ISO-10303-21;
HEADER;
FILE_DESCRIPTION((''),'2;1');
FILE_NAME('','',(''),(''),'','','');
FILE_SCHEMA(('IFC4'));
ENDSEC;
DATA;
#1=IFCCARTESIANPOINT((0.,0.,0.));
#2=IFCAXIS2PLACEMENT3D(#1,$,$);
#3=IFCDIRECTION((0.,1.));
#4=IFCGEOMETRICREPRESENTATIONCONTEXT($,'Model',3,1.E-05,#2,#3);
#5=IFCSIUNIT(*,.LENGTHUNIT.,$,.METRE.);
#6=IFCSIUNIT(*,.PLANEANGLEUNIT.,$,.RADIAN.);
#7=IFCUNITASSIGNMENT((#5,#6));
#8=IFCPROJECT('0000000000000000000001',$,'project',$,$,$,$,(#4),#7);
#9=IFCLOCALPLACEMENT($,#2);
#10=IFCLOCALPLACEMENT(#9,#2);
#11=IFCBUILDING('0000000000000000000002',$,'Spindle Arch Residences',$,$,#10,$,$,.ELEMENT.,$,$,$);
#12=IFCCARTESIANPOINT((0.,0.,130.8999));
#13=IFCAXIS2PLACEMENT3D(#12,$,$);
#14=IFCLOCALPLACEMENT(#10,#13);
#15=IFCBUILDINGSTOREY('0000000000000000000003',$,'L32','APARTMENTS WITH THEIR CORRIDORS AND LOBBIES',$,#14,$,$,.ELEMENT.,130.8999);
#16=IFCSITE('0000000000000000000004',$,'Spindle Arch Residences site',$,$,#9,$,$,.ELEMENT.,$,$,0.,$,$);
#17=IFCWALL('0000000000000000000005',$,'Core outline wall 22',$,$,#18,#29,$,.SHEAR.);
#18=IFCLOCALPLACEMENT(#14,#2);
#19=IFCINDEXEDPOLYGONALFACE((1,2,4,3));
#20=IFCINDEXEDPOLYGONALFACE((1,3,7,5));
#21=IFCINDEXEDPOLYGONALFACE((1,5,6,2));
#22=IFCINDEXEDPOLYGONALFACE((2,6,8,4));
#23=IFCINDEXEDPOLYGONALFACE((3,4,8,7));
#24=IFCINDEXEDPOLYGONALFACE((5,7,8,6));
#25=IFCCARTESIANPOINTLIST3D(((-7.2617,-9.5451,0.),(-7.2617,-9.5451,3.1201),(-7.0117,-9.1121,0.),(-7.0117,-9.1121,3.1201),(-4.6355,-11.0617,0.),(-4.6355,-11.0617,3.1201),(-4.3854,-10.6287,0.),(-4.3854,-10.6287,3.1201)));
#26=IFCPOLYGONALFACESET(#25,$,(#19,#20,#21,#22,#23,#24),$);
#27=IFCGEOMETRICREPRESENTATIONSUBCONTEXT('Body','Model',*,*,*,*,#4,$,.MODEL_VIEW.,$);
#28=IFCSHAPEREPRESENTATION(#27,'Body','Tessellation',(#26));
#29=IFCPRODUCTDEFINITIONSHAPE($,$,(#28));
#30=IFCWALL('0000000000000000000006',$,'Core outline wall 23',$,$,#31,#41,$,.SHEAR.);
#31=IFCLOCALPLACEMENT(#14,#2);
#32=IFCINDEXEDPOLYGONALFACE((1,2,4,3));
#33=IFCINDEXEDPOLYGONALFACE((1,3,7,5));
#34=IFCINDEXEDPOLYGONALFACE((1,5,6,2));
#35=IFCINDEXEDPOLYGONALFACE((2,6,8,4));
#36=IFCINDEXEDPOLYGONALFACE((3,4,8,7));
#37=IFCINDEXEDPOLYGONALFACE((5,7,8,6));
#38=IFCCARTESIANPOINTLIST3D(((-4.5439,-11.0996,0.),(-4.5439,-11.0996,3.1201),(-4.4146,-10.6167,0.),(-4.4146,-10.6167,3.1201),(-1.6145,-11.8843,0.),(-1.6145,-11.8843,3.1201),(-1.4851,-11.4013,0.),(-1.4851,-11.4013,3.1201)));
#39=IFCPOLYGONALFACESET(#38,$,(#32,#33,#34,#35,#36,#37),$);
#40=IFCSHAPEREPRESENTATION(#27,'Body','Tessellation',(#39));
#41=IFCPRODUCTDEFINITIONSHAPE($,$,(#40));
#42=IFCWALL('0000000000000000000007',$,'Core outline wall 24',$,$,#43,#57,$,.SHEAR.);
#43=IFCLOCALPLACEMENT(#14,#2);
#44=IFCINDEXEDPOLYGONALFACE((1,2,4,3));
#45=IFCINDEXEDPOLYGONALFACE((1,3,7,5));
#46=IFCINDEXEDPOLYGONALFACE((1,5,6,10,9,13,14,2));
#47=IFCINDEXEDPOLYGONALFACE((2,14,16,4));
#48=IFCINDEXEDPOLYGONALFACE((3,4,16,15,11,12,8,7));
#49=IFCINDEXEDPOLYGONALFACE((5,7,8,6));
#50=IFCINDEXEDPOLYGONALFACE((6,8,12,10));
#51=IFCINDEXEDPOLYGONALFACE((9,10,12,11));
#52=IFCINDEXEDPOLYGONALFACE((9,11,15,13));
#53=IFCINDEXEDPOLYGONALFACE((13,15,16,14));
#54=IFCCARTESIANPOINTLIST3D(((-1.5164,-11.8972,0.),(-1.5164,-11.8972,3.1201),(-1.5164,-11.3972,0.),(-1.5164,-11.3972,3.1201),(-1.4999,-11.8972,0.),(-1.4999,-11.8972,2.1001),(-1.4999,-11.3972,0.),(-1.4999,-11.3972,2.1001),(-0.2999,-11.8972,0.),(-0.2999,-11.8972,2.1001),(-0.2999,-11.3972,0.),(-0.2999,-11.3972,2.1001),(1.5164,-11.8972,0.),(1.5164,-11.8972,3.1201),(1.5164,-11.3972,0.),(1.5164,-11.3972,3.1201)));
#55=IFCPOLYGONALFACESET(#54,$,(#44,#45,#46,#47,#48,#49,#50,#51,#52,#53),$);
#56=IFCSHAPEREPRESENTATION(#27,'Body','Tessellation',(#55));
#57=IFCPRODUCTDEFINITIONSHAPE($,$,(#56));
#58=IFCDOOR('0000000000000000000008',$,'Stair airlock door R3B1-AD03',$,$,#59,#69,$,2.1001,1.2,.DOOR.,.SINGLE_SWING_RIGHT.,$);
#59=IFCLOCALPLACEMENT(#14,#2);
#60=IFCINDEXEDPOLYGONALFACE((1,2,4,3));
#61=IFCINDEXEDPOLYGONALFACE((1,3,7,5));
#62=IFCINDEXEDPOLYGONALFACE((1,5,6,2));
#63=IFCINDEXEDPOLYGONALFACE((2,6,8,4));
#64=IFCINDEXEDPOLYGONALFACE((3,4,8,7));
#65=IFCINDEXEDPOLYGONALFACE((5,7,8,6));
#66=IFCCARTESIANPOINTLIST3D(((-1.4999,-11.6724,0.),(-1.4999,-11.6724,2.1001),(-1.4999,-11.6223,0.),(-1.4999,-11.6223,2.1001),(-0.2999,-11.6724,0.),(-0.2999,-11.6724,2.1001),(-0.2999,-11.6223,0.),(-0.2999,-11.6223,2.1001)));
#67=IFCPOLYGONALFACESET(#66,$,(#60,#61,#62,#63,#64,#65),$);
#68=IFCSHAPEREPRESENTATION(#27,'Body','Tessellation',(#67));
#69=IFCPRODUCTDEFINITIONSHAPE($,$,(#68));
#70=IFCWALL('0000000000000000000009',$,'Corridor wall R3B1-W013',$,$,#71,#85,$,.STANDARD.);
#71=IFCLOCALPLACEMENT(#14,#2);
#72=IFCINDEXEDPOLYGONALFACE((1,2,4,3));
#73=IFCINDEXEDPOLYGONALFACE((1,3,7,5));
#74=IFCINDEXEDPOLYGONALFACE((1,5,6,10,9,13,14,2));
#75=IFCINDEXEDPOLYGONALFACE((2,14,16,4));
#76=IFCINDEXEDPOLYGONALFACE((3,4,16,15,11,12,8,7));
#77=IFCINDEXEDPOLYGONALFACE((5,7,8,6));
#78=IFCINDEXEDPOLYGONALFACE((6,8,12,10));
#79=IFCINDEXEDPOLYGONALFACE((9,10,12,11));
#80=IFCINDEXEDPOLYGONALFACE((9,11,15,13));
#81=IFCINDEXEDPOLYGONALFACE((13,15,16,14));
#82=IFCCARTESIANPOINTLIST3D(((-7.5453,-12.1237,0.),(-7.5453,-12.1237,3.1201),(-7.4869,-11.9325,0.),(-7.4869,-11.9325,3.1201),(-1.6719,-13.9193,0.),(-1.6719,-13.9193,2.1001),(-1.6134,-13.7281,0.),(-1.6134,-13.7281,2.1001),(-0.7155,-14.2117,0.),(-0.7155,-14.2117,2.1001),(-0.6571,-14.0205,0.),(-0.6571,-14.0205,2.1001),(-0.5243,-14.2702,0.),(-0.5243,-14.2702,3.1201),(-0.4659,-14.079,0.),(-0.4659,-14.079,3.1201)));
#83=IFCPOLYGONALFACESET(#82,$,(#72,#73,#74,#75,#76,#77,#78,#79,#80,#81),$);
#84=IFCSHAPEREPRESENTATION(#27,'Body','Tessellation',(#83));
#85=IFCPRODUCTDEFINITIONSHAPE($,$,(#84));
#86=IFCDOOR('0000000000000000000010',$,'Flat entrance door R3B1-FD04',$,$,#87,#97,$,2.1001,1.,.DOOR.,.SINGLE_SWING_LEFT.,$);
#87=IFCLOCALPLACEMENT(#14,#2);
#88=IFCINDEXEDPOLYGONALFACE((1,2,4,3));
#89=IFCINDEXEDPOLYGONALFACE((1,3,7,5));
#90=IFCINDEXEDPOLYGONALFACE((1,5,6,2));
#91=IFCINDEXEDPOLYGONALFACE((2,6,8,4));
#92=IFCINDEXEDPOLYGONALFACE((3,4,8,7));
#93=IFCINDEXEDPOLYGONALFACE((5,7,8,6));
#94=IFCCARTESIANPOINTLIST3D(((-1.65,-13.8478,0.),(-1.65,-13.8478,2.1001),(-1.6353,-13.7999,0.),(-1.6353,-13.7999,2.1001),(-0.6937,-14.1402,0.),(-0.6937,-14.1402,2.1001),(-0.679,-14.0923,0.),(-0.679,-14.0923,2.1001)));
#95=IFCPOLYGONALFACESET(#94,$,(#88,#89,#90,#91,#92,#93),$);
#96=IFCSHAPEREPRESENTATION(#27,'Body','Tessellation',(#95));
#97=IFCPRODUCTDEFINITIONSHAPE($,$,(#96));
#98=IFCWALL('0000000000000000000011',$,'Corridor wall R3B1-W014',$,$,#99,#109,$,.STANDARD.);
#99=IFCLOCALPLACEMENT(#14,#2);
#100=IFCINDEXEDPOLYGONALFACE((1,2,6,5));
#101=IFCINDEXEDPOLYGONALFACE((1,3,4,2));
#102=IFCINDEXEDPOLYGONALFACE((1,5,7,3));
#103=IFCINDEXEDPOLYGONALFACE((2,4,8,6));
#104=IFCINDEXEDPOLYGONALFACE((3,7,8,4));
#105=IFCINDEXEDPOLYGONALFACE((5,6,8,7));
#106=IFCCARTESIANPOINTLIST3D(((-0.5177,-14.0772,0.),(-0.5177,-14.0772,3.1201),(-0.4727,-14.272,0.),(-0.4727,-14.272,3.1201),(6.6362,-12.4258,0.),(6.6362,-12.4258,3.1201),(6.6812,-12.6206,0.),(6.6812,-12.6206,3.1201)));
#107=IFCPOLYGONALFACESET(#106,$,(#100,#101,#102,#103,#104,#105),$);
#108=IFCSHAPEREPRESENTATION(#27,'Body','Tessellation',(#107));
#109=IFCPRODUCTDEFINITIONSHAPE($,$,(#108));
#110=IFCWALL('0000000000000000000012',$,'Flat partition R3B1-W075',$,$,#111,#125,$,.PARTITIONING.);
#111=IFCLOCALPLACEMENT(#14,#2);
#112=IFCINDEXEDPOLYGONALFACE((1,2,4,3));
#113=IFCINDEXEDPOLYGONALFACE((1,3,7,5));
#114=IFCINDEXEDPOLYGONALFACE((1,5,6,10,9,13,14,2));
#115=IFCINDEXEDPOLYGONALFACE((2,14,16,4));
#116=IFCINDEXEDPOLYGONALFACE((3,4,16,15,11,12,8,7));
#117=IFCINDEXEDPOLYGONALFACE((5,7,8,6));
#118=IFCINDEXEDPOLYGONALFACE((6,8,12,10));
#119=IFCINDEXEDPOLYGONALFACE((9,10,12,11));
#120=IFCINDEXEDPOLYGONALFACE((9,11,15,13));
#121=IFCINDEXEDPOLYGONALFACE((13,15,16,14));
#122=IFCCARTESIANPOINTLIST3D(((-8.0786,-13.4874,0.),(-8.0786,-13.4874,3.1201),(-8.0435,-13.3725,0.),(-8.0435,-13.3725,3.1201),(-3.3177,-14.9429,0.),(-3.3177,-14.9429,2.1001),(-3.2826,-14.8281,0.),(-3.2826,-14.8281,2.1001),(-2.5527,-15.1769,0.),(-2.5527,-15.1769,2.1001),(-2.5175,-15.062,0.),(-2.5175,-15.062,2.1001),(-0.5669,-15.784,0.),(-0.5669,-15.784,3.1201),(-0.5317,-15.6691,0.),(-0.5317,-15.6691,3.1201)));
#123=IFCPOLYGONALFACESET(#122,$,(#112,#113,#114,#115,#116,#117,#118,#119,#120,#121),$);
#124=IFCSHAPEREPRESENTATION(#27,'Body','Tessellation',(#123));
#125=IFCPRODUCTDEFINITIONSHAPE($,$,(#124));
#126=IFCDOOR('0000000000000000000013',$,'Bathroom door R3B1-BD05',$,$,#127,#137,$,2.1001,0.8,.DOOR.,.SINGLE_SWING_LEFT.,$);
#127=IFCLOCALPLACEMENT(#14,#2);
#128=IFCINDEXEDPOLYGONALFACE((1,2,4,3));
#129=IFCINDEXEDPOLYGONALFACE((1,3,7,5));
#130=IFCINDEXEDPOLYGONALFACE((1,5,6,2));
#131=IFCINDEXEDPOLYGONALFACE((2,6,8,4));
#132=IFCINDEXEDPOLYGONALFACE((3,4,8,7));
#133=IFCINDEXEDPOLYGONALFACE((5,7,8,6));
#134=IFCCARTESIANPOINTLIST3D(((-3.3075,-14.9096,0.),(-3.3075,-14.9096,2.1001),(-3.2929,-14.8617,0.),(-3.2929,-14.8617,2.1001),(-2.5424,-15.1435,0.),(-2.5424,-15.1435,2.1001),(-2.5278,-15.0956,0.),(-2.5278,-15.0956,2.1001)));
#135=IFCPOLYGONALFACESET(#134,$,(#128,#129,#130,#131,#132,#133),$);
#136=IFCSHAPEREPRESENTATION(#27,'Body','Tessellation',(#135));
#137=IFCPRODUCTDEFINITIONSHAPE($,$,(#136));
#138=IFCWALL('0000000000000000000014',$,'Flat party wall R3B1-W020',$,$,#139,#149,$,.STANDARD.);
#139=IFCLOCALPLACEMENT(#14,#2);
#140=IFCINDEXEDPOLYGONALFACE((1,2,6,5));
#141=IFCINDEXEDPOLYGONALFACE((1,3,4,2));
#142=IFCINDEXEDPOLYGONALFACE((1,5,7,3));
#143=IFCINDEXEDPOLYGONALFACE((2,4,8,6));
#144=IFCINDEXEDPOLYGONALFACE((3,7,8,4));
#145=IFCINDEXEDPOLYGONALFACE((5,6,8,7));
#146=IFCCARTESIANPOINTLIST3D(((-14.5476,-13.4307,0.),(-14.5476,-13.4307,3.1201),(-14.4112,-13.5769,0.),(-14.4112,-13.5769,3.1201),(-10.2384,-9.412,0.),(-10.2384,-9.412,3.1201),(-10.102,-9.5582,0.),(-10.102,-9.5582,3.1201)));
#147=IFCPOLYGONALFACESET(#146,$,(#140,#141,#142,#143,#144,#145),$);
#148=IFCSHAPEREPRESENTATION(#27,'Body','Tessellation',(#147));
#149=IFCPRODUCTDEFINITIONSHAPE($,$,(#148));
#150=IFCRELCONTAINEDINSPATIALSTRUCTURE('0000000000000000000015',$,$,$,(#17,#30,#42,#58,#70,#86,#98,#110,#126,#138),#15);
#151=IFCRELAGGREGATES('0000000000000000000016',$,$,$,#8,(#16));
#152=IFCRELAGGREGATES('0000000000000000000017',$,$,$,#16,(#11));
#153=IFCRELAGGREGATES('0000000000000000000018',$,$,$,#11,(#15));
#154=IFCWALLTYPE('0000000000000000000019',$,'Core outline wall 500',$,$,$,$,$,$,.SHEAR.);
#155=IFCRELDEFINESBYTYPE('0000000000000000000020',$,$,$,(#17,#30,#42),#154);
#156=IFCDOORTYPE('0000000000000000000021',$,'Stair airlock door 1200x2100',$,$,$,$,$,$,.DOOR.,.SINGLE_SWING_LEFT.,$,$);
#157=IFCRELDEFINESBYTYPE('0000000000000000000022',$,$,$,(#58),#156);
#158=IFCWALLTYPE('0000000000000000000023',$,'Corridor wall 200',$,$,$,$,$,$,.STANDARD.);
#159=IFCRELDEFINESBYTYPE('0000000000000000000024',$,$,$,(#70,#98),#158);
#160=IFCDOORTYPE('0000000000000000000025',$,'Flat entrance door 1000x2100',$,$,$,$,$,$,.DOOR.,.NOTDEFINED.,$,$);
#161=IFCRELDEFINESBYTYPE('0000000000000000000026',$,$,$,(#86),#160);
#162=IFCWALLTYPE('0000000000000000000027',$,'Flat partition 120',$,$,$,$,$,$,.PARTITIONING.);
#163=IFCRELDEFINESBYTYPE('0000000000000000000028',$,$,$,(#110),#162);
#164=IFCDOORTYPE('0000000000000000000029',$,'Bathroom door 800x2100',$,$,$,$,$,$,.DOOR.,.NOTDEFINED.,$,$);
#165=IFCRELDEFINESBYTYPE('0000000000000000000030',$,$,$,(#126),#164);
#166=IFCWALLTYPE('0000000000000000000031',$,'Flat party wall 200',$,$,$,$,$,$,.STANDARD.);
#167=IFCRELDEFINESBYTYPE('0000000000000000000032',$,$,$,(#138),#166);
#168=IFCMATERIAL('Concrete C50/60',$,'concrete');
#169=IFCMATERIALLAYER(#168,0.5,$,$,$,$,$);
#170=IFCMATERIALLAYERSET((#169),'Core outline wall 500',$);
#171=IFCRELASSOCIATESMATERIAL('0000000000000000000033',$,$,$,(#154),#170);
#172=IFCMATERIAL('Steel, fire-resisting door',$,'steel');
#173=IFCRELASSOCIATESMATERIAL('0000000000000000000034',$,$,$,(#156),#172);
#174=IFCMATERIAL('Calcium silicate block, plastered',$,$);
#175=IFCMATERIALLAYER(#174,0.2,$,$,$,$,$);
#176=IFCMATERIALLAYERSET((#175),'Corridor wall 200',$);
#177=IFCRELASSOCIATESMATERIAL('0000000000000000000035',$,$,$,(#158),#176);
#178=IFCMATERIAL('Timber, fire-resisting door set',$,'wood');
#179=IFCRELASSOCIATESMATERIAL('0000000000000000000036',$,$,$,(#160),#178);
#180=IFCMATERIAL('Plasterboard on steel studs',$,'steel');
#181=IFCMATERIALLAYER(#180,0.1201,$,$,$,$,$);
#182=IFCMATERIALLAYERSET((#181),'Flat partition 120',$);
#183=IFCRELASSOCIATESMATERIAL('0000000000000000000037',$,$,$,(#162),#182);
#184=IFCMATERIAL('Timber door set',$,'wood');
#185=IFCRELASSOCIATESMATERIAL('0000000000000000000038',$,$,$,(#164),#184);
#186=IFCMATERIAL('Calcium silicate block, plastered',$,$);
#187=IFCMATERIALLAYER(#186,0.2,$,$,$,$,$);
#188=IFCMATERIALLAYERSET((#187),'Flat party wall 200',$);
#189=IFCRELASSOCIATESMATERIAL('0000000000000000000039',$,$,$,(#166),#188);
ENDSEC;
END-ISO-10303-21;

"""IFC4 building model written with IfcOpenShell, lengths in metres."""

from ifc_helpers import new_model, si_unit, direction, frame, frame_2d, origin, place, context, subcontext, project, spatial, rectangle, extrude, material, layer, layer_set, type_object, element, fill, save


model = new_model("IFC4")

# Units and contexts
model_context = context("Model", 3, precision=1e-05, world=origin(), true_north=direction((0.0, 1.0)))
body_context = subcontext(model_context, "Body", "Model", "MODEL_VIEW")
ifc_project = project(units=[si_unit("LENGTHUNIT", "METRE"), si_unit("PLANEANGLEUNIT", "RADIAN")], contexts=[model_context])

# Site, building, storey
site_placement = place(None, origin())
site = spatial("IfcSite", under=ifc_project, at=site_placement, Name="Spindle Arch Residences site", CompositionType="ELEMENT", RefElevation=0.0)
building_placement = place(site_placement, origin())
building = spatial("IfcBuilding", under=site, at=building_placement, Name="Spindle Arch Residences", CompositionType="ELEMENT")
storey_placement = place(building_placement, frame((0.0, 0.0, 130.8999)))
storey = spatial("IfcBuildingStorey", under=building, at=storey_placement, Name="L32", Description="APARTMENTS WITH THEIR CORRIDORS AND LOBBIES", CompositionType="ELEMENT", Elevation=130.8999)

# Walls
ifc_material_1 = material(Name="Concrete C50/60", Category="concrete")
ifc_layer_1 = layer(ifc_material_1, 0.5)
ifc_layer_set_1 = layer_set([ifc_layer_1], Name="Core outline wall 500")
wall_type_1 = type_object("IfcWallType", Name="Core outline wall 500", PredefinedType="SHEAR", material=ifc_layer_set_1)
for number, where, z_axis, x_axis, name in (
    (1, (-7.1367, -9.3286, 0.0), (0.0, 0.0, 1.0), (0.865975, -0.500087, 0.0), "Core outline wall 22"),
    (2, (-4.4792, -10.8582, 0.0), (0.0, 0.0, 1.0), (0.965948, -0.258735, 0.0), "Core outline wall 23"),
):
    element("IfcWall", number, at=place(storey_placement, frame(where, z_axis=z_axis, x_axis=x_axis)), inside=storey, type_object=wall_type_1, Name=name, PredefinedType="SHEAR", context=body_context, shape_type="SweptSolid", body=[
        extrude(rectangle(XDim=3.0327, YDim=0.5, at=frame_2d((1.5164, 0.0))), origin(), (0.0, 0.0, 1.0), 3.1201),
    ])

# Walls, openings, doors
wall_1_placement = place(storey_placement, frame((-1.5164, -11.6472, 0.0), z_axis=(0.0, 0.0, 1.0), x_axis=(1.0, 0.0, 0.0)))
wall_1 = element("IfcWall", 3, at=wall_1_placement, inside=storey, type_object=wall_type_1, Name="Core outline wall 24", PredefinedType="SHEAR", context=body_context, shape_type="SweptSolid", body=[
    extrude(rectangle(XDim=3.0327, YDim=0.5, at=frame_2d((1.5164, 0.0))), origin(), (0.0, 0.0, 1.0), 3.1201),
])
opening_1_placement = place(wall_1_placement, frame((0.0164, 0.0, 0.0)))
opening_1 = element("IfcOpeningElement", 4, at=opening_1_placement, cuts=wall_1, PredefinedType="OPENING", context=body_context, shape_type="SweptSolid", body=[
    extrude(rectangle(XDim=1.2, YDim=2.1001, at=frame_2d((0.6001, 1.05))), frame((0.0, 0.26, 0.0), z_axis=(0.0, -1.0, 0.0), x_axis=(1.0, 0.0, 0.0)), (0.0, 0.0, 1.0), 0.52),
])
ifc_material_2 = material(Name="Steel, fire-resisting door", Category="steel")
door_type_1 = type_object("IfcDoorType", Name="Stair airlock door 1200x2100", OperationType="SINGLE_SWING_LEFT", PredefinedType="DOOR", material=ifc_material_2)
door_1_placement = place(opening_1_placement, origin())
door_1 = element("IfcDoor", 5, at=door_1_placement, inside=storey, type_object=door_type_1, Name="Stair airlock door R3B1-AD03", OperationType="SINGLE_SWING_RIGHT", OverallHeight=2.1001, OverallWidth=1.2, PredefinedType="DOOR", context=body_context, shape_type="SweptSolid", body=[
    extrude(rectangle(XDim=1.2, YDim=2.1001, at=frame_2d((0.6001, 1.05))), frame((0.0, 0.0249, 0.0), z_axis=(0.0, -1.0, 0.0), x_axis=(1.0, 0.0, 0.0)), (0.0, 0.0, 1.0), 0.05),
])
fill(opening_1, door_1)
ifc_material_3 = material(Name="Calcium silicate block, plastered")
ifc_layer_2 = layer(ifc_material_3, 0.2)
ifc_layer_set_2 = layer_set([ifc_layer_2], Name="Corridor wall 200")
wall_type_2 = type_object("IfcWallType", Name="Corridor wall 200", PredefinedType="STANDARD", material=ifc_layer_set_2)
wall_2_placement = place(storey_placement, frame((-7.5161, -12.0281, 0.0), z_axis=(0.0, 0.0, 1.0), x_axis=(0.956307, -0.292366, 0.0)))
wall_2 = element("IfcWall", 6, at=wall_2_placement, inside=storey, type_object=wall_type_2, Name="Corridor wall R3B1-W013", PredefinedType="STANDARD", context=body_context, shape_type="SweptSolid", body=[
    extrude(rectangle(XDim=7.3418, YDim=0.2, at=frame_2d((3.6709, 0.0))), origin(), (0.0, 0.0, 1.0), 3.1201),
])
opening_2_placement = place(wall_2_placement, frame((6.1418, 0.0, 0.0)))
opening_2 = element("IfcOpeningElement", 7, at=opening_2_placement, cuts=wall_2, PredefinedType="OPENING", context=body_context, shape_type="SweptSolid", body=[
    extrude(rectangle(XDim=1.0, YDim=2.1001, at=frame_2d((0.5, 1.05))), frame((0.0, 0.1099, 0.0), z_axis=(0.0, -1.0, 0.0), x_axis=(1.0, 0.0, 0.0)), (0.0, 0.0, 1.0), 0.22),
])
ifc_material_4 = material(Name="Timber, fire-resisting door set", Category="wood")
door_type_2 = type_object("IfcDoorType", Name="Flat entrance door 1000x2100", OperationType="NOTDEFINED", PredefinedType="DOOR", material=ifc_material_4)
door_2_placement = place(opening_2_placement, origin())
door_2 = element("IfcDoor", 8, at=door_2_placement, inside=storey, type_object=door_type_2, Name="Flat entrance door R3B1-FD04", OperationType="SINGLE_SWING_LEFT", OverallHeight=2.1001, OverallWidth=1.0, PredefinedType="DOOR", context=body_context, shape_type="SweptSolid", body=[
    extrude(rectangle(XDim=1.0, YDim=2.1001, at=frame_2d((0.5, 1.05))), frame((0.0, 0.0249, 0.0), z_axis=(0.0, -1.0, 0.0), x_axis=(1.0, 0.0, 0.0)), (0.0, 0.0, 1.0), 0.05),
])
fill(opening_2, door_2)

# Wall
wall_3_placement = place(storey_placement, frame((-0.4951, -14.1746, 0.0), z_axis=(0.0, 0.0, 1.0), x_axis=(0.974377, 0.224923, 0.0)))
element("IfcWall", 9, at=wall_3_placement, inside=storey, type_object=wall_type_2, Name="Corridor wall R3B1-W014", PredefinedType="STANDARD", context=body_context, shape_type="SweptSolid", body=[
    extrude(rectangle(XDim=7.342, YDim=0.2, at=frame_2d((3.6709, 0.0))), origin(), (0.0, 0.0, 1.0), 3.1201),
])

# Wall, opening, door
ifc_material_5 = material(Name="Plasterboard on steel studs", Category="steel")
ifc_layer_3 = layer(ifc_material_5, 0.1201)
ifc_layer_set_3 = layer_set([ifc_layer_3], Name="Flat partition 120")
wall_type_3 = type_object("IfcWallType", Name="Flat partition 120", PredefinedType="PARTITIONING", material=ifc_layer_set_3)
wall_4_placement = place(storey_placement, frame((-8.061, -13.4299, 0.0), z_axis=(0.0, 0.0, 1.0), x_axis=(0.956302, -0.29238, 0.0)))
wall_4 = element("IfcWall", 10, at=wall_4_placement, inside=storey, type_object=wall_type_3, Name="Flat partition R3B1-W075", PredefinedType="PARTITIONING", context=body_context, shape_type="SweptSolid", body=[
    extrude(rectangle(XDim=7.855, YDim=0.1201, at=frame_2d((3.9275, 0.0))), origin(), (0.0, 0.0, 1.0), 3.1201),
])
opening_3_placement = place(wall_4_placement, frame((4.9785, 0.0, 0.0)))
opening_3 = element("IfcOpeningElement", 11, at=opening_3_placement, cuts=wall_4, PredefinedType="OPENING", context=body_context, shape_type="SweptSolid", body=[
    extrude(rectangle(XDim=0.8, YDim=2.1001, at=frame_2d((0.3999, 1.05))), frame((0.0, 0.0701, 0.0), z_axis=(0.0, -1.0, 0.0), x_axis=(1.0, 0.0, 0.0)), (0.0, 0.0, 1.0), 0.1401),
])
ifc_material_6 = material(Name="Timber door set", Category="wood")
door_type_3 = type_object("IfcDoorType", Name="Bathroom door 800x2100", OperationType="NOTDEFINED", PredefinedType="DOOR", material=ifc_material_6)
door_3_placement = place(opening_3_placement, origin())
door_3 = element("IfcDoor", 12, at=door_3_placement, inside=storey, type_object=door_type_3, Name="Bathroom door R3B1-BD05", OperationType="SINGLE_SWING_LEFT", OverallHeight=2.1001, OverallWidth=0.8, PredefinedType="DOOR", context=body_context, shape_type="SweptSolid", body=[
    extrude(rectangle(XDim=0.8, YDim=2.1001, at=frame_2d((0.3999, 1.05))), frame((0.0, 0.0249, 0.0), z_axis=(0.0, -1.0, 0.0), x_axis=(1.0, 0.0, 0.0)), (0.0, 0.0, 1.0), 0.05),
])
fill(opening_3, door_3)

# Wall
ifc_material_7 = material(Name="Calcium silicate block, plastered")
ifc_layer_4 = layer(ifc_material_7, 0.2)
ifc_layer_set_4 = layer_set([ifc_layer_4], Name="Flat party wall 200")
wall_type_4 = type_object("IfcWallType", Name="Flat party wall 200", PredefinedType="STANDARD", material=ifc_layer_set_4)
wall_5_placement = place(storey_placement, frame((-14.4795, -13.5039, 0.0), z_axis=(0.0, 0.0, 1.0), x_axis=(0.731329, 0.682024, 0.0)))
element("IfcWall", 13, at=wall_5_placement, inside=storey, type_object=wall_type_4, Name="Flat party wall R3B1-W020", PredefinedType="STANDARD", context=body_context, shape_type="SweptSolid", body=[
    extrude(rectangle(XDim=5.8923, YDim=0.2, at=frame_2d((2.9463, 0.0))), origin(), (0.0, 0.0, 1.0), 3.1201),
])

save(model, "model.ifc")
